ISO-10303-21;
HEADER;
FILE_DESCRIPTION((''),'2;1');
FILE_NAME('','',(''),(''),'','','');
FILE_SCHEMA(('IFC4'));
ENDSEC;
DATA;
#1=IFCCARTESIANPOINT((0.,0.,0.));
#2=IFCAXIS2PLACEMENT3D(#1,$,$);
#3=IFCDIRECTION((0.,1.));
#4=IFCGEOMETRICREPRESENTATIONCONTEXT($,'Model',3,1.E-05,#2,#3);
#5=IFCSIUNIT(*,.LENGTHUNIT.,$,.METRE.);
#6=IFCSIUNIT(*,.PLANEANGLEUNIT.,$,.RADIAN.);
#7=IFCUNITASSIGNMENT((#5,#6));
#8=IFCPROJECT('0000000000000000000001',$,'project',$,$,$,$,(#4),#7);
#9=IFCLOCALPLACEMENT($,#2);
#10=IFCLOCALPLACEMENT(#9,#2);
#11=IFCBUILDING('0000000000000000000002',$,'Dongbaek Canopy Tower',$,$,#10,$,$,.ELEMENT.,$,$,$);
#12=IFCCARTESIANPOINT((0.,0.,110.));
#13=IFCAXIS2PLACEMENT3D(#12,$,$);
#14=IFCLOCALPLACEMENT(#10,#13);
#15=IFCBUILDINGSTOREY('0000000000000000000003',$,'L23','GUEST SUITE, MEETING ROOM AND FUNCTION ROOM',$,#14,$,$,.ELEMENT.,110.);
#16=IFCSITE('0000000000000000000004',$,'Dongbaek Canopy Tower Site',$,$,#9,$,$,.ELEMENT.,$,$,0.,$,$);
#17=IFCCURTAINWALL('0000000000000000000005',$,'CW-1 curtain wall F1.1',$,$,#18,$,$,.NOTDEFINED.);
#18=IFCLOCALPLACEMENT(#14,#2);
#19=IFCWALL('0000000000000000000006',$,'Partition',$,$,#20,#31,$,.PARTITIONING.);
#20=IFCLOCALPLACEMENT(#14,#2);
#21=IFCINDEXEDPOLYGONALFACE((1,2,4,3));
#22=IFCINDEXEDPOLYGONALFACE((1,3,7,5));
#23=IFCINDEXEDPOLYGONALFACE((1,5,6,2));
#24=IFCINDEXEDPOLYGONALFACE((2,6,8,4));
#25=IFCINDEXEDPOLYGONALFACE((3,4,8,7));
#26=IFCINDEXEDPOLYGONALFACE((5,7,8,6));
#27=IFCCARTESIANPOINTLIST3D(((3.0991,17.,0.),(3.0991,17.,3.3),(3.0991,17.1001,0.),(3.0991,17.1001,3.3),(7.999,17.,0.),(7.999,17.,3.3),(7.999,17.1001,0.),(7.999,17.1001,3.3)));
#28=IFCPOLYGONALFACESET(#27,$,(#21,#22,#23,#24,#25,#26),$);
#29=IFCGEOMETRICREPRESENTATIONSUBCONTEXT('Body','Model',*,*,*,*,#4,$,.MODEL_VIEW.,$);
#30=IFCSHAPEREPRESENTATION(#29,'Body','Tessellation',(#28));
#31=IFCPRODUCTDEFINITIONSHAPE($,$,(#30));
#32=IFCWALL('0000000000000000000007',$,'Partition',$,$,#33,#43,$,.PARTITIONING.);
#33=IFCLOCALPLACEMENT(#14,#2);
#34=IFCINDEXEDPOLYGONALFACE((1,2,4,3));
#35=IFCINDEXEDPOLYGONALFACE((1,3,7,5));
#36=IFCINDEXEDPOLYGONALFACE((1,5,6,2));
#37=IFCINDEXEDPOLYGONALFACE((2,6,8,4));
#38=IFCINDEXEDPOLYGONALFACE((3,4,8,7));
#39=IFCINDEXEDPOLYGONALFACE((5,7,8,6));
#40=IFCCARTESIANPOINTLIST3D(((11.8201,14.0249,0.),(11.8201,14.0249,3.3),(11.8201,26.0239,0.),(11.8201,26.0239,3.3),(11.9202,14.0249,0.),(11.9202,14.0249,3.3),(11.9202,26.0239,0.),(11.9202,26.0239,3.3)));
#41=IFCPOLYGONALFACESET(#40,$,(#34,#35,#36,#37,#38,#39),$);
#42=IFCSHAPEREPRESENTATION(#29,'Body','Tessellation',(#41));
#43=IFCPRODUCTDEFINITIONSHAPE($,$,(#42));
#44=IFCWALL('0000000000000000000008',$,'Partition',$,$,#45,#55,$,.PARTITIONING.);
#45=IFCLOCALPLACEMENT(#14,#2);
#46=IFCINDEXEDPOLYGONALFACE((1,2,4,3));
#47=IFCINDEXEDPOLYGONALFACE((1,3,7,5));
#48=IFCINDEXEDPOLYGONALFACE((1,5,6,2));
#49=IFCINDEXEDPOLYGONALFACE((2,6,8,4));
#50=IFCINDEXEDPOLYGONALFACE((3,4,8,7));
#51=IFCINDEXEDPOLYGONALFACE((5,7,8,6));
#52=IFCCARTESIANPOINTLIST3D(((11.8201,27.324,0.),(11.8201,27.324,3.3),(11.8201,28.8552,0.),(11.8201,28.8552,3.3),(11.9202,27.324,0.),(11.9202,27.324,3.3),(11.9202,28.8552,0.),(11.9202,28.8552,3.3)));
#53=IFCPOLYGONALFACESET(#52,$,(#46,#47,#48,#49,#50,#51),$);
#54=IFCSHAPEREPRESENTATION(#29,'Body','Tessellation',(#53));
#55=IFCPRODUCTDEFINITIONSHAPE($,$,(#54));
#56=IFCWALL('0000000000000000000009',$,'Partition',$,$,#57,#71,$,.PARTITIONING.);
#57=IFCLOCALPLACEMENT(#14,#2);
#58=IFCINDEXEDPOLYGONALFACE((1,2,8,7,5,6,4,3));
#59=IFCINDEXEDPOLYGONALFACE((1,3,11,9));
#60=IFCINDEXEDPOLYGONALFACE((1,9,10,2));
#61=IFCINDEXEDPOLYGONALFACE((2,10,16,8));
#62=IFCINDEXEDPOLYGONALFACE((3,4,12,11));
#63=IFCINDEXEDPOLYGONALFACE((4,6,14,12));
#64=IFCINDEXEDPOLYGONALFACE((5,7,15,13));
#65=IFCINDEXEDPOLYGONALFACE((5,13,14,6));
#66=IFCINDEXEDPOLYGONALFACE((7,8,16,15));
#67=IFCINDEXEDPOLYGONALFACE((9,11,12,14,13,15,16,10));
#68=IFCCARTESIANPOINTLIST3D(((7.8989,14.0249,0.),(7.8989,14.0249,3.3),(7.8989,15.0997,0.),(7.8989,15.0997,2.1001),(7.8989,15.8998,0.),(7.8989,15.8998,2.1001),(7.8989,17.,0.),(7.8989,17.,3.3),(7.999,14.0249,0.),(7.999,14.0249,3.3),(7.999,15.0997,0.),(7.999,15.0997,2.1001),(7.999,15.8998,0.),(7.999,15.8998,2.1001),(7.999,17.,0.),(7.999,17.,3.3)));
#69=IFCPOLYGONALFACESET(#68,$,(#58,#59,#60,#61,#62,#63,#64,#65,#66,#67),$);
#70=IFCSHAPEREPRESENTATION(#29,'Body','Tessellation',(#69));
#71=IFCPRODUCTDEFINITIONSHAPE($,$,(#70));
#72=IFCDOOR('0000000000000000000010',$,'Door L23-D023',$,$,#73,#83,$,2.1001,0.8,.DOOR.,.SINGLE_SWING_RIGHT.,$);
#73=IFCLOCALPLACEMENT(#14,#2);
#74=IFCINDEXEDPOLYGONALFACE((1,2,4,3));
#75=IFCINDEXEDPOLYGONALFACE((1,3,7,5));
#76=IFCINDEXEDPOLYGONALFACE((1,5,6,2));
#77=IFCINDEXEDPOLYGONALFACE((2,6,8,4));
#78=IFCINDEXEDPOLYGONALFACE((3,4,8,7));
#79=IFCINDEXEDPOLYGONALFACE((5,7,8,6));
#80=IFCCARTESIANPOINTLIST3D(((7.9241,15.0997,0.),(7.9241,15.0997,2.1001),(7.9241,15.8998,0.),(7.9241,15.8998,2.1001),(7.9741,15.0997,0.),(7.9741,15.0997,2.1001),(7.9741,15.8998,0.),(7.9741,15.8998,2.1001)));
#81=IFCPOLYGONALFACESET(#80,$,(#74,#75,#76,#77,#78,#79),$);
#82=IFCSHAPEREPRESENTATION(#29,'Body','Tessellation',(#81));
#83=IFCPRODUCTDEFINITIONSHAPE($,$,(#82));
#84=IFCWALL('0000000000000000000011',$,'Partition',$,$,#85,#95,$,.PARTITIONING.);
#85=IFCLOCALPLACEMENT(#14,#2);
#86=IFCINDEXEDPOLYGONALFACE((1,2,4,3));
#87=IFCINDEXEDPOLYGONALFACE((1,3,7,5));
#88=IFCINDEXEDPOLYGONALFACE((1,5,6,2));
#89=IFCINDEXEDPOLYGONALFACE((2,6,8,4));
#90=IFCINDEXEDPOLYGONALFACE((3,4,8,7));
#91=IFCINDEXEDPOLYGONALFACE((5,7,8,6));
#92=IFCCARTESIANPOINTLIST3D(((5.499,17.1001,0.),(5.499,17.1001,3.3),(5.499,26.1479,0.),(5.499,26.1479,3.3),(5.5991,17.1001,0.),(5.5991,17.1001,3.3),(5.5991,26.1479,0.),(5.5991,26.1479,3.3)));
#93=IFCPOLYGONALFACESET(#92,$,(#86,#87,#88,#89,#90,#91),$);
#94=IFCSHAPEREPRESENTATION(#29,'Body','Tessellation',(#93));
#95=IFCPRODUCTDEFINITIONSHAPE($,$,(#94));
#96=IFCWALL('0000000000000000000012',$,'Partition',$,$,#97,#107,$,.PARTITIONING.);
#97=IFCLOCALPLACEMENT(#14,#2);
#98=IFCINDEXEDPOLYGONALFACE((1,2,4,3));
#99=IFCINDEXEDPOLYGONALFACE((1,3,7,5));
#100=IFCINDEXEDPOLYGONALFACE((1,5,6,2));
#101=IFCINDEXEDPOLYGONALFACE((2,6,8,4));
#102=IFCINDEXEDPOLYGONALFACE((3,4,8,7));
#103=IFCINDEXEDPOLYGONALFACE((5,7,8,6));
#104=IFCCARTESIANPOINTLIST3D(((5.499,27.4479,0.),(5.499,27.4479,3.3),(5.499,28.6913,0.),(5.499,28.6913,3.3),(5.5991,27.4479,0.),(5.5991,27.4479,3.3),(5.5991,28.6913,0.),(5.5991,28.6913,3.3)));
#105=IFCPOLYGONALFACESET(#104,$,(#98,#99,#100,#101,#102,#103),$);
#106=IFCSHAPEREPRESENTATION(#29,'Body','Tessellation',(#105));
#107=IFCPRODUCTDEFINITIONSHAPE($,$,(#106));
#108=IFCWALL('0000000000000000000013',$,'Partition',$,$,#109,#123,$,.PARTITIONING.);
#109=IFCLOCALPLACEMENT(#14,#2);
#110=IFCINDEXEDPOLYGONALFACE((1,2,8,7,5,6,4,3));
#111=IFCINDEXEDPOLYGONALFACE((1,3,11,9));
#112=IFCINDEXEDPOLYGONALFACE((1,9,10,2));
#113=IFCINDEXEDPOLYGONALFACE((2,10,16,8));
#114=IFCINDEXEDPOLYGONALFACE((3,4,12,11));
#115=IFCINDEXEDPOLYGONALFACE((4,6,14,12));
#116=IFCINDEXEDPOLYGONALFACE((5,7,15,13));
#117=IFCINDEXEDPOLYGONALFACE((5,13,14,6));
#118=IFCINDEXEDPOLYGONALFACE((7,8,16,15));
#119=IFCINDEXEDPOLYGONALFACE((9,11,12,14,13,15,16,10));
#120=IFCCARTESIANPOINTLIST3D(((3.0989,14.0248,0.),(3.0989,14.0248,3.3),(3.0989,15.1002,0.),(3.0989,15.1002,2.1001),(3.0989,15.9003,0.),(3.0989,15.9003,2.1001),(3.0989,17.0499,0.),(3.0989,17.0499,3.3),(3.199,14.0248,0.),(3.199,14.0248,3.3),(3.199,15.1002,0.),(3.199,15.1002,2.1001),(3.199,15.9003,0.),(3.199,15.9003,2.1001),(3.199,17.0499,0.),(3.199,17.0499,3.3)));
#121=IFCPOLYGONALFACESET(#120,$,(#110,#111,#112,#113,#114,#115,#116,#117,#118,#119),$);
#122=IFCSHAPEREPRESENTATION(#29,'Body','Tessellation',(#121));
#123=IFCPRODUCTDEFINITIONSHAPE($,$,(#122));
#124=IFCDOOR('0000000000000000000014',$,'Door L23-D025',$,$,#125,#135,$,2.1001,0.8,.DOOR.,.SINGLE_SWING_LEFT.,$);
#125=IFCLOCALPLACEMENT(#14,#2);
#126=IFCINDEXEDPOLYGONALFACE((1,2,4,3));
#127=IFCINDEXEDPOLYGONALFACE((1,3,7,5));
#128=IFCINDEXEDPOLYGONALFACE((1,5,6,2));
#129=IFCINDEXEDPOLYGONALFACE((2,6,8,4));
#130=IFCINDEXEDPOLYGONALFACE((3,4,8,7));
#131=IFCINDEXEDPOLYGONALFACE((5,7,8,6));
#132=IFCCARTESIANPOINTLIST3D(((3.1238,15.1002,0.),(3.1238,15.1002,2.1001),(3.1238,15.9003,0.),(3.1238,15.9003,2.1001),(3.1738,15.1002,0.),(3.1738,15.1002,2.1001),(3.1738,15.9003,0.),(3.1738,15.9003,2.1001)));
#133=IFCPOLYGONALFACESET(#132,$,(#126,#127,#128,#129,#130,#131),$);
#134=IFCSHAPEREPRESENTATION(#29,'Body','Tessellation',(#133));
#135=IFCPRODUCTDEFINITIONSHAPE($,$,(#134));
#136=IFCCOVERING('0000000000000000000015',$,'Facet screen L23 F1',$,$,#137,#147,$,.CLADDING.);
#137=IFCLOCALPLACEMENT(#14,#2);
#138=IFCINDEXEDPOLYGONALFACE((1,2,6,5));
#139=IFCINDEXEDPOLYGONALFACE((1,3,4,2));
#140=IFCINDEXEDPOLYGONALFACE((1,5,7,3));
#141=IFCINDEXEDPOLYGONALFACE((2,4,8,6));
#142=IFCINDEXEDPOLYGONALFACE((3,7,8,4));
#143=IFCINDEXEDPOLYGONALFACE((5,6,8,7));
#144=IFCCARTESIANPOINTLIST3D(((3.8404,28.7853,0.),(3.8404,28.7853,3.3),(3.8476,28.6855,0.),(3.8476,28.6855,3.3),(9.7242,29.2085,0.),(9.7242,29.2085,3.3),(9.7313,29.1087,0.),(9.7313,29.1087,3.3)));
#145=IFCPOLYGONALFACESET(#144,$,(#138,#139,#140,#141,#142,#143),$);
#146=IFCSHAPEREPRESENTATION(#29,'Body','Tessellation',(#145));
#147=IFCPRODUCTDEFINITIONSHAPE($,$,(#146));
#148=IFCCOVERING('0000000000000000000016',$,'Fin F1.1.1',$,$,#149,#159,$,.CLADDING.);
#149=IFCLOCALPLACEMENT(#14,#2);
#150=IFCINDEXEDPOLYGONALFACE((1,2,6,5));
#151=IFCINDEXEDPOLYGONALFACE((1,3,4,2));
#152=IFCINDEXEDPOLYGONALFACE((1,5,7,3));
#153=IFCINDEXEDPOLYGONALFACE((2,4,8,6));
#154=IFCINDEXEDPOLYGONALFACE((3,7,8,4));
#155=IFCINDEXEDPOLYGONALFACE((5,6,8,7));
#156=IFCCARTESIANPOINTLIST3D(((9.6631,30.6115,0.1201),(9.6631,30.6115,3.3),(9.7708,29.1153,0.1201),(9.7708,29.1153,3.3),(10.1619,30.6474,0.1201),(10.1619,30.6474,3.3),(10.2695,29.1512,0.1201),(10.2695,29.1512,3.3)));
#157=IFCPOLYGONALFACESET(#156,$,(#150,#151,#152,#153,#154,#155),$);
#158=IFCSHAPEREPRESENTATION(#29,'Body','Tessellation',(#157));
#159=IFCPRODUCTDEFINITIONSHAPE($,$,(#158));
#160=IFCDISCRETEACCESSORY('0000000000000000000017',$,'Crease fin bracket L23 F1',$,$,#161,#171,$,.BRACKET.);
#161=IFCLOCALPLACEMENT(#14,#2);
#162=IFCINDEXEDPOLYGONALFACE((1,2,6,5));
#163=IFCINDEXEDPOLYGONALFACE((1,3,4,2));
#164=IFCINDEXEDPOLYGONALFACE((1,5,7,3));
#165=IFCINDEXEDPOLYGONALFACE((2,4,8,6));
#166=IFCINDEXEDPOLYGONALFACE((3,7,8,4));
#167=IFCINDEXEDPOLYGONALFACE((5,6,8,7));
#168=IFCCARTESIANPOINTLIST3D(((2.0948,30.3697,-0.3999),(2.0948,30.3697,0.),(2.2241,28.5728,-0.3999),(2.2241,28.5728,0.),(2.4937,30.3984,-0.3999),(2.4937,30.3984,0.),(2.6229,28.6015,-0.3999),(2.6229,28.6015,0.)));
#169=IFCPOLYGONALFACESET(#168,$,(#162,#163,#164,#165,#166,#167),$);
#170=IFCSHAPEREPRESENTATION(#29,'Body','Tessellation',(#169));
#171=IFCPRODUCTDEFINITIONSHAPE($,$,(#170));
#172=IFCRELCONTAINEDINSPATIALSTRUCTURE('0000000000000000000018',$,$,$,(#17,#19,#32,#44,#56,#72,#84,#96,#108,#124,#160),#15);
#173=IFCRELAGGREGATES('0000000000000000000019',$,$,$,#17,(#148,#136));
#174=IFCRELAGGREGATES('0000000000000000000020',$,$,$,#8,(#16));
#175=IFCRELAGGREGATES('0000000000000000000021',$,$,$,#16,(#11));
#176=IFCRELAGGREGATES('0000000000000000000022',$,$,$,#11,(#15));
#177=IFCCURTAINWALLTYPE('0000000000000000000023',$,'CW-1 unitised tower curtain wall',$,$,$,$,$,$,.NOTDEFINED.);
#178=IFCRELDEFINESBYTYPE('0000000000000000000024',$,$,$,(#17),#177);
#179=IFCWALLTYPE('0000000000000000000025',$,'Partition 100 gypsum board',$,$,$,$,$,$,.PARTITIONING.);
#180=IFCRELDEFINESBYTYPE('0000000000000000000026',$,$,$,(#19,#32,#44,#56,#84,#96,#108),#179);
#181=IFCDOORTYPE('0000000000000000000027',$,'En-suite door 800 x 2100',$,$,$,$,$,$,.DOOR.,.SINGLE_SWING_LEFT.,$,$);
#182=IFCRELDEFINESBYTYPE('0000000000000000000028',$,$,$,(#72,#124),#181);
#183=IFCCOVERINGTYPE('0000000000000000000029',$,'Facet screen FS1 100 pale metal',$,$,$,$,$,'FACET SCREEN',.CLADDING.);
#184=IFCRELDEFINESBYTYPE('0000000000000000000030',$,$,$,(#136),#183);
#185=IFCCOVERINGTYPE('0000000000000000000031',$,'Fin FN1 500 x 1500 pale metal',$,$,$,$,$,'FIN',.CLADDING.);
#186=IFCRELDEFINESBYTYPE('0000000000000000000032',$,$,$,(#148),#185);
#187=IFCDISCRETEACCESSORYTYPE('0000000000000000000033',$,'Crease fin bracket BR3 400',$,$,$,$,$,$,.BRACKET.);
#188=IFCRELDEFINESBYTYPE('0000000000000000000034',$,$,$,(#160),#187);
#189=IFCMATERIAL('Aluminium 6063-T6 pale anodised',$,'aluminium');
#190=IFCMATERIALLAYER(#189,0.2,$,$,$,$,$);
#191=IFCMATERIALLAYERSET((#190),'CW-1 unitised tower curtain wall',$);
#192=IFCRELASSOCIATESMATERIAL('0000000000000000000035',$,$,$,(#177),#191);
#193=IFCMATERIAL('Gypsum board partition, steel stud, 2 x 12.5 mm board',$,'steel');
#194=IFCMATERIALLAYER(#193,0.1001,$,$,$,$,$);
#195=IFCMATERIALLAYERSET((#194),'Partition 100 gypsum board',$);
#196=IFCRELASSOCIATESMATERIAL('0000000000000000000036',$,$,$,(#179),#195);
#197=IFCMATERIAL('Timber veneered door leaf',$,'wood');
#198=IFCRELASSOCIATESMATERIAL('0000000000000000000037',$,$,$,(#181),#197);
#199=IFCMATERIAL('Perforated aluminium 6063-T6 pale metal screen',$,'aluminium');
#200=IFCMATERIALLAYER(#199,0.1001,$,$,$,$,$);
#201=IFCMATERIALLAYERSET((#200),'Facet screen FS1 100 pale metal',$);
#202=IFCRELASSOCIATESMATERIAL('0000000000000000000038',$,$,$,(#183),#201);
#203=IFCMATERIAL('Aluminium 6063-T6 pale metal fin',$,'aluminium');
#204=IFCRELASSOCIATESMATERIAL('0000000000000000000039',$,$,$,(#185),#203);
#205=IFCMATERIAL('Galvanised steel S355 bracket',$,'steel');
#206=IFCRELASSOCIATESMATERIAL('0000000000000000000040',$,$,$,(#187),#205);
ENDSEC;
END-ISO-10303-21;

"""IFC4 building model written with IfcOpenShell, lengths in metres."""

from ifc_helpers import new_model, si_unit, direction, frame, frame_2d, origin, origin_2d, place, context, subcontext, project, spatial, rectangle, extrude, material, layer, layer_set, material_profile, profile_set, type_object, element, fill, aggregate, save


model = new_model("IFC4")

# Units and contexts
model_context = context("Model", 3, precision=1e-05, world=origin(), true_north=direction((0.0, 1.0)))
body_context = subcontext(model_context, "Body", "Model", "MODEL_VIEW")
ifc_project = project(units=[si_unit("LENGTHUNIT", "METRE"), si_unit("PLANEANGLEUNIT", "RADIAN")], contexts=[model_context])

# Site, building, storey
site_placement = place(None, origin())
site = spatial("IfcSite", under=ifc_project, at=site_placement, Name="Dongbaek Canopy Tower Site", CompositionType="ELEMENT", RefElevation=0.0)
building_placement = place(site_placement, origin())
building = spatial("IfcBuilding", under=site, at=building_placement, Name="Dongbaek Canopy Tower", CompositionType="ELEMENT")
storey_placement = place(building_placement, frame((0.0, 0.0, 110.0)))
storey = spatial("IfcBuildingStorey", under=building, at=storey_placement, Name="L23", Description="GUEST SUITE, MEETING ROOM AND FUNCTION ROOM", CompositionType="ELEMENT", Elevation=110.0)

# Curtain wall
ifc_material_1 = material(Name="Aluminium 6063-T6 pale anodised", Category="aluminium")
ifc_layer_1 = layer(ifc_material_1, 0.2)
ifc_layer_set_1 = layer_set([ifc_layer_1], Name="CW-1 unitised tower curtain wall")
curtain_wall_type = type_object("IfcCurtainWallType", Name="CW-1 unitised tower curtain wall", PredefinedType="NOTDEFINED", material=ifc_layer_set_1)
curtain_wall_1_placement = place(storey_placement, origin())
curtain_wall_1 = element("IfcCurtainWall", 1, at=curtain_wall_1_placement, inside=storey, type_object=curtain_wall_type, Name="CW-1 curtain wall F1.1", PredefinedType="NOTDEFINED")

# Walls
ifc_material_2 = material(Name="Gypsum board partition, steel stud, 2 x 12.5 mm board", Category="steel")
ifc_layer_2 = layer(ifc_material_2, 0.1001)
ifc_layer_set_2 = layer_set([ifc_layer_2], Name="Partition 100 gypsum board")
wall_type_1 = type_object("IfcWallType", Name="Partition 100 gypsum board", PredefinedType="PARTITIONING", material=ifc_layer_set_2)
wall_1_placement = place(storey_placement, frame((3.0991, 17.05, 0.0), z_axis=(0.0, 0.0, 1.0), x_axis=(1.0, 0.0, 0.0)))
element("IfcWall", 2, at=wall_1_placement, inside=storey, type_object=wall_type_1, Name="Partition", PredefinedType="PARTITIONING", context=body_context, shape_type="SweptSolid", body=[
    extrude(rectangle(XDim=4.8999, YDim=0.1001, at=frame_2d((2.45, 0.0))), origin(), (0.0, 0.0, 1.0), 3.3),
])
wall_2_placement = place(storey_placement, frame((11.8701, 14.0249, 0.0), z_axis=(0.0, 0.0, 1.0), x_axis=(0.0, 1.0, 0.0)))
element("IfcWall", 3, at=wall_2_placement, inside=storey, type_object=wall_type_1, Name="Partition", PredefinedType="PARTITIONING", context=body_context, shape_type="SweptSolid", body=[
    extrude(rectangle(XDim=11.999, YDim=0.1001, at=frame_2d((5.9995, 0.0))), origin(), (0.0, 0.0, 1.0), 3.3),
])
wall_3_placement = place(storey_placement, frame((11.8701, 27.324, 0.0), z_axis=(0.0, 0.0, 1.0), x_axis=(0.0, 1.0, 0.0)))
element("IfcWall", 4, at=wall_3_placement, inside=storey, type_object=wall_type_1, Name="Partition", PredefinedType="PARTITIONING", context=body_context, shape_type="SweptSolid", body=[
    extrude(rectangle(XDim=1.5312, YDim=0.1001, at=frame_2d((0.7656, 0.0))), origin(), (0.0, 0.0, 1.0), 3.3),
])

# Wall, opening, door
wall_4_placement = place(storey_placement, frame((7.949, 14.0249, 0.0), z_axis=(0.0, 0.0, 1.0), x_axis=(0.0, 1.0, 0.0)))
wall_4 = element("IfcWall", 5, at=wall_4_placement, inside=storey, type_object=wall_type_1, Name="Partition", PredefinedType="PARTITIONING", context=body_context, shape_type="SweptSolid", body=[
    extrude(rectangle(XDim=2.9751, YDim=0.1001, at=frame_2d((1.4875, 0.0))), origin(), (0.0, 0.0, 1.0), 3.3),
])
opening_1_placement = place(wall_4_placement, frame((1.075, 0.0, 0.0)))
opening_1 = element("IfcOpeningElement", 6, at=opening_1_placement, cuts=wall_4, PredefinedType="OPENING", context=body_context, shape_type="SweptSolid", body=[
    extrude(rectangle(XDim=0.8, YDim=2.1001, at=frame_2d((0.3999, 1.05))), frame((0.0, 0.0601, 0.0), z_axis=(0.0, -1.0, 0.0), x_axis=(1.0, 0.0, 0.0)), (0.0, 0.0, 1.0), 0.1201),
])
ifc_material_3 = material(Name="Timber veneered door leaf", Category="wood")
door_type_1 = type_object("IfcDoorType", Name="En-suite door 800 x 2100", OperationType="SINGLE_SWING_LEFT", PredefinedType="DOOR", material=ifc_material_3)
door_1_placement = place(opening_1_placement, origin())
door_1 = element("IfcDoor", 7, at=door_1_placement, inside=storey, type_object=door_type_1, Name="Door L23-D023", OperationType="SINGLE_SWING_RIGHT", OverallHeight=2.1001, OverallWidth=0.8, PredefinedType="DOOR", context=body_context, shape_type="SweptSolid", body=[
    extrude(rectangle(XDim=0.8, YDim=2.1001, at=frame_2d((0.3999, 1.05))), frame((0.0, 0.0249, 0.0), z_axis=(0.0, -1.0, 0.0), x_axis=(1.0, 0.0, 0.0)), (0.0, 0.0, 1.0), 0.05),
])
fill(opening_1, door_1)

# Walls
wall_5_placement = place(storey_placement, frame((5.5491, 17.1001, 0.0), z_axis=(0.0, 0.0, 1.0), x_axis=(0.0, 1.0, 0.0)))
element("IfcWall", 8, at=wall_5_placement, inside=storey, type_object=wall_type_1, Name="Partition", PredefinedType="PARTITIONING", context=body_context, shape_type="SweptSolid", body=[
    extrude(rectangle(XDim=9.0479, YDim=0.1001, at=frame_2d((4.5239, 0.0))), origin(), (0.0, 0.0, 1.0), 3.3),
])
wall_6_placement = place(storey_placement, frame((5.5491, 27.448, 0.0), z_axis=(0.0, 0.0, 1.0), x_axis=(0.0, 1.0, 0.0)))
element("IfcWall", 9, at=wall_6_placement, inside=storey, type_object=wall_type_1, Name="Partition", PredefinedType="PARTITIONING", context=body_context, shape_type="SweptSolid", body=[
    extrude(rectangle(XDim=1.2434, YDim=0.1001, at=frame_2d((0.6216, 0.0))), origin(), (0.0, 0.0, 1.0), 3.3),
])

# Wall, opening, door
wall_7_placement = place(storey_placement, frame((3.1489, 17.05, 0.0), z_axis=(0.0, 0.0, 1.0), x_axis=(0.0, -1.0, 0.0)))
wall_7 = element("IfcWall", 10, at=wall_7_placement, inside=storey, type_object=wall_type_1, Name="Partition", PredefinedType="PARTITIONING", context=body_context, shape_type="SweptSolid", body=[
    extrude(rectangle(XDim=3.0251, YDim=0.1001, at=frame_2d((1.5127, 0.0))), origin(), (0.0, 0.0, 1.0), 3.3),
])
opening_2_placement = place(wall_7_placement, frame((1.1499, 0.0, 0.0)))
opening_2 = element("IfcOpeningElement", 11, at=opening_2_placement, cuts=wall_7, PredefinedType="OPENING", context=body_context, shape_type="SweptSolid", body=[
    extrude(rectangle(XDim=0.8, YDim=2.1001, at=frame_2d((0.3999, 1.05))), frame((0.0, 0.0601, 0.0), z_axis=(0.0, -1.0, 0.0), x_axis=(1.0, 0.0, 0.0)), (0.0, 0.0, 1.0), 0.1201),
])
door_2_placement = place(opening_2_placement, origin())
door_2 = element("IfcDoor", 12, at=door_2_placement, inside=storey, type_object=door_type_1, Name="Door L23-D025", OperationType="SINGLE_SWING_LEFT", OverallHeight=2.1001, OverallWidth=0.8, PredefinedType="DOOR", context=body_context, shape_type="SweptSolid", body=[
    extrude(rectangle(XDim=0.8, YDim=2.1001, at=frame_2d((0.3999, 1.05))), frame((0.0, 0.0249, 0.0), z_axis=(0.0, -1.0, 0.0), x_axis=(1.0, 0.0, 0.0)), (0.0, 0.0, 1.0), 0.05),
])
fill(opening_2, door_2)

# Coverings
ifc_material_4 = material(Name="Perforated aluminium 6063-T6 pale metal screen", Category="aluminium")
ifc_layer_3 = layer(ifc_material_4, 0.1001)
ifc_layer_set_3 = layer_set([ifc_layer_3], Name="Facet screen FS1 100 pale metal")
covering_type_1 = type_object("IfcCoveringType", Name="Facet screen FS1 100 pale metal", ElementType="FACET SCREEN", PredefinedType="CLADDING", material=ifc_layer_set_3)
covering_1_placement = place(storey_placement, frame((6.7859, 28.947, 0.0), z_axis=(0.0, 0.0, 1.0), x_axis=(-0.997423, -0.071743, 0.0)))
covering_1 = element("IfcCovering", 13, at=covering_1_placement, type_object=covering_type_1, Name="Facet screen L23 F1", PredefinedType="CLADDING", context=body_context, shape_type="SweptSolid", body=[
    extrude(rectangle(XDim=5.8989, YDim=0.1001, at=origin_2d()), origin(), (0.0, 0.0, 1.0), 3.3),
])
ifc_material_5 = material(Name="Aluminium 6063-T6 pale metal fin", Category="aluminium")
ifc_material_profile_1 = material_profile(ifc_material_5, rectangle(XDim=1.5, YDim=0.5, at=origin_2d()), Name="Fin FN1 500 x 1500 pale metal")
ifc_profile_set_1 = profile_set([ifc_material_profile_1], Name="Aluminium 6063-T6 pale metal fin")
covering_type_2 = type_object("IfcCoveringType", Name="Fin FN1 500 x 1500 pale metal", ElementType="FIN", PredefinedType="CLADDING", material=ifc_profile_set_1)
covering_2_placement = place(storey_placement, frame((9.9663, 29.8813, 0.1201), z_axis=(0.0, 0.0, 1.0), x_axis=(-0.071743, 0.997423, 0.0)))
covering_2 = element("IfcCovering", 14, at=covering_2_placement, type_object=covering_type_2, Name="Fin F1.1.1", PredefinedType="CLADDING", context=body_context, shape_type="SweptSolid", body=[
    extrude(rectangle(XDim=1.5, YDim=0.5, at=origin_2d()), origin(), (0.0, 0.0, 1.0), 3.1799),
])
aggregate(curtain_wall_1, [covering_2, covering_1])

# Discrete accessory
ifc_material_6 = material(Name="Galvanised steel S355 bracket", Category="steel")
discrete_accessory_type = type_object("IfcDiscreteAccessoryType", Name="Crease fin bracket BR3 400", PredefinedType="BRACKET", material=ifc_material_6)
discrete_accessory_placement = place(storey_placement, frame((2.3589, 29.4856, -0.3999), z_axis=(0.0, 0.0, 1.0), x_axis=(-0.071743, 0.997423, 0.0)))
element("IfcDiscreteAccessory", 15, at=discrete_accessory_placement, inside=storey, type_object=discrete_accessory_type, Name="Crease fin bracket L23 F1", PredefinedType="BRACKET", context=body_context, shape_type="SweptSolid", body=[
    extrude(rectangle(XDim=1.8015, YDim=0.3999, at=origin_2d()), origin(), (0.0, 0.0, 1.0), 0.3999),
])

save(model, "model.ifc")
